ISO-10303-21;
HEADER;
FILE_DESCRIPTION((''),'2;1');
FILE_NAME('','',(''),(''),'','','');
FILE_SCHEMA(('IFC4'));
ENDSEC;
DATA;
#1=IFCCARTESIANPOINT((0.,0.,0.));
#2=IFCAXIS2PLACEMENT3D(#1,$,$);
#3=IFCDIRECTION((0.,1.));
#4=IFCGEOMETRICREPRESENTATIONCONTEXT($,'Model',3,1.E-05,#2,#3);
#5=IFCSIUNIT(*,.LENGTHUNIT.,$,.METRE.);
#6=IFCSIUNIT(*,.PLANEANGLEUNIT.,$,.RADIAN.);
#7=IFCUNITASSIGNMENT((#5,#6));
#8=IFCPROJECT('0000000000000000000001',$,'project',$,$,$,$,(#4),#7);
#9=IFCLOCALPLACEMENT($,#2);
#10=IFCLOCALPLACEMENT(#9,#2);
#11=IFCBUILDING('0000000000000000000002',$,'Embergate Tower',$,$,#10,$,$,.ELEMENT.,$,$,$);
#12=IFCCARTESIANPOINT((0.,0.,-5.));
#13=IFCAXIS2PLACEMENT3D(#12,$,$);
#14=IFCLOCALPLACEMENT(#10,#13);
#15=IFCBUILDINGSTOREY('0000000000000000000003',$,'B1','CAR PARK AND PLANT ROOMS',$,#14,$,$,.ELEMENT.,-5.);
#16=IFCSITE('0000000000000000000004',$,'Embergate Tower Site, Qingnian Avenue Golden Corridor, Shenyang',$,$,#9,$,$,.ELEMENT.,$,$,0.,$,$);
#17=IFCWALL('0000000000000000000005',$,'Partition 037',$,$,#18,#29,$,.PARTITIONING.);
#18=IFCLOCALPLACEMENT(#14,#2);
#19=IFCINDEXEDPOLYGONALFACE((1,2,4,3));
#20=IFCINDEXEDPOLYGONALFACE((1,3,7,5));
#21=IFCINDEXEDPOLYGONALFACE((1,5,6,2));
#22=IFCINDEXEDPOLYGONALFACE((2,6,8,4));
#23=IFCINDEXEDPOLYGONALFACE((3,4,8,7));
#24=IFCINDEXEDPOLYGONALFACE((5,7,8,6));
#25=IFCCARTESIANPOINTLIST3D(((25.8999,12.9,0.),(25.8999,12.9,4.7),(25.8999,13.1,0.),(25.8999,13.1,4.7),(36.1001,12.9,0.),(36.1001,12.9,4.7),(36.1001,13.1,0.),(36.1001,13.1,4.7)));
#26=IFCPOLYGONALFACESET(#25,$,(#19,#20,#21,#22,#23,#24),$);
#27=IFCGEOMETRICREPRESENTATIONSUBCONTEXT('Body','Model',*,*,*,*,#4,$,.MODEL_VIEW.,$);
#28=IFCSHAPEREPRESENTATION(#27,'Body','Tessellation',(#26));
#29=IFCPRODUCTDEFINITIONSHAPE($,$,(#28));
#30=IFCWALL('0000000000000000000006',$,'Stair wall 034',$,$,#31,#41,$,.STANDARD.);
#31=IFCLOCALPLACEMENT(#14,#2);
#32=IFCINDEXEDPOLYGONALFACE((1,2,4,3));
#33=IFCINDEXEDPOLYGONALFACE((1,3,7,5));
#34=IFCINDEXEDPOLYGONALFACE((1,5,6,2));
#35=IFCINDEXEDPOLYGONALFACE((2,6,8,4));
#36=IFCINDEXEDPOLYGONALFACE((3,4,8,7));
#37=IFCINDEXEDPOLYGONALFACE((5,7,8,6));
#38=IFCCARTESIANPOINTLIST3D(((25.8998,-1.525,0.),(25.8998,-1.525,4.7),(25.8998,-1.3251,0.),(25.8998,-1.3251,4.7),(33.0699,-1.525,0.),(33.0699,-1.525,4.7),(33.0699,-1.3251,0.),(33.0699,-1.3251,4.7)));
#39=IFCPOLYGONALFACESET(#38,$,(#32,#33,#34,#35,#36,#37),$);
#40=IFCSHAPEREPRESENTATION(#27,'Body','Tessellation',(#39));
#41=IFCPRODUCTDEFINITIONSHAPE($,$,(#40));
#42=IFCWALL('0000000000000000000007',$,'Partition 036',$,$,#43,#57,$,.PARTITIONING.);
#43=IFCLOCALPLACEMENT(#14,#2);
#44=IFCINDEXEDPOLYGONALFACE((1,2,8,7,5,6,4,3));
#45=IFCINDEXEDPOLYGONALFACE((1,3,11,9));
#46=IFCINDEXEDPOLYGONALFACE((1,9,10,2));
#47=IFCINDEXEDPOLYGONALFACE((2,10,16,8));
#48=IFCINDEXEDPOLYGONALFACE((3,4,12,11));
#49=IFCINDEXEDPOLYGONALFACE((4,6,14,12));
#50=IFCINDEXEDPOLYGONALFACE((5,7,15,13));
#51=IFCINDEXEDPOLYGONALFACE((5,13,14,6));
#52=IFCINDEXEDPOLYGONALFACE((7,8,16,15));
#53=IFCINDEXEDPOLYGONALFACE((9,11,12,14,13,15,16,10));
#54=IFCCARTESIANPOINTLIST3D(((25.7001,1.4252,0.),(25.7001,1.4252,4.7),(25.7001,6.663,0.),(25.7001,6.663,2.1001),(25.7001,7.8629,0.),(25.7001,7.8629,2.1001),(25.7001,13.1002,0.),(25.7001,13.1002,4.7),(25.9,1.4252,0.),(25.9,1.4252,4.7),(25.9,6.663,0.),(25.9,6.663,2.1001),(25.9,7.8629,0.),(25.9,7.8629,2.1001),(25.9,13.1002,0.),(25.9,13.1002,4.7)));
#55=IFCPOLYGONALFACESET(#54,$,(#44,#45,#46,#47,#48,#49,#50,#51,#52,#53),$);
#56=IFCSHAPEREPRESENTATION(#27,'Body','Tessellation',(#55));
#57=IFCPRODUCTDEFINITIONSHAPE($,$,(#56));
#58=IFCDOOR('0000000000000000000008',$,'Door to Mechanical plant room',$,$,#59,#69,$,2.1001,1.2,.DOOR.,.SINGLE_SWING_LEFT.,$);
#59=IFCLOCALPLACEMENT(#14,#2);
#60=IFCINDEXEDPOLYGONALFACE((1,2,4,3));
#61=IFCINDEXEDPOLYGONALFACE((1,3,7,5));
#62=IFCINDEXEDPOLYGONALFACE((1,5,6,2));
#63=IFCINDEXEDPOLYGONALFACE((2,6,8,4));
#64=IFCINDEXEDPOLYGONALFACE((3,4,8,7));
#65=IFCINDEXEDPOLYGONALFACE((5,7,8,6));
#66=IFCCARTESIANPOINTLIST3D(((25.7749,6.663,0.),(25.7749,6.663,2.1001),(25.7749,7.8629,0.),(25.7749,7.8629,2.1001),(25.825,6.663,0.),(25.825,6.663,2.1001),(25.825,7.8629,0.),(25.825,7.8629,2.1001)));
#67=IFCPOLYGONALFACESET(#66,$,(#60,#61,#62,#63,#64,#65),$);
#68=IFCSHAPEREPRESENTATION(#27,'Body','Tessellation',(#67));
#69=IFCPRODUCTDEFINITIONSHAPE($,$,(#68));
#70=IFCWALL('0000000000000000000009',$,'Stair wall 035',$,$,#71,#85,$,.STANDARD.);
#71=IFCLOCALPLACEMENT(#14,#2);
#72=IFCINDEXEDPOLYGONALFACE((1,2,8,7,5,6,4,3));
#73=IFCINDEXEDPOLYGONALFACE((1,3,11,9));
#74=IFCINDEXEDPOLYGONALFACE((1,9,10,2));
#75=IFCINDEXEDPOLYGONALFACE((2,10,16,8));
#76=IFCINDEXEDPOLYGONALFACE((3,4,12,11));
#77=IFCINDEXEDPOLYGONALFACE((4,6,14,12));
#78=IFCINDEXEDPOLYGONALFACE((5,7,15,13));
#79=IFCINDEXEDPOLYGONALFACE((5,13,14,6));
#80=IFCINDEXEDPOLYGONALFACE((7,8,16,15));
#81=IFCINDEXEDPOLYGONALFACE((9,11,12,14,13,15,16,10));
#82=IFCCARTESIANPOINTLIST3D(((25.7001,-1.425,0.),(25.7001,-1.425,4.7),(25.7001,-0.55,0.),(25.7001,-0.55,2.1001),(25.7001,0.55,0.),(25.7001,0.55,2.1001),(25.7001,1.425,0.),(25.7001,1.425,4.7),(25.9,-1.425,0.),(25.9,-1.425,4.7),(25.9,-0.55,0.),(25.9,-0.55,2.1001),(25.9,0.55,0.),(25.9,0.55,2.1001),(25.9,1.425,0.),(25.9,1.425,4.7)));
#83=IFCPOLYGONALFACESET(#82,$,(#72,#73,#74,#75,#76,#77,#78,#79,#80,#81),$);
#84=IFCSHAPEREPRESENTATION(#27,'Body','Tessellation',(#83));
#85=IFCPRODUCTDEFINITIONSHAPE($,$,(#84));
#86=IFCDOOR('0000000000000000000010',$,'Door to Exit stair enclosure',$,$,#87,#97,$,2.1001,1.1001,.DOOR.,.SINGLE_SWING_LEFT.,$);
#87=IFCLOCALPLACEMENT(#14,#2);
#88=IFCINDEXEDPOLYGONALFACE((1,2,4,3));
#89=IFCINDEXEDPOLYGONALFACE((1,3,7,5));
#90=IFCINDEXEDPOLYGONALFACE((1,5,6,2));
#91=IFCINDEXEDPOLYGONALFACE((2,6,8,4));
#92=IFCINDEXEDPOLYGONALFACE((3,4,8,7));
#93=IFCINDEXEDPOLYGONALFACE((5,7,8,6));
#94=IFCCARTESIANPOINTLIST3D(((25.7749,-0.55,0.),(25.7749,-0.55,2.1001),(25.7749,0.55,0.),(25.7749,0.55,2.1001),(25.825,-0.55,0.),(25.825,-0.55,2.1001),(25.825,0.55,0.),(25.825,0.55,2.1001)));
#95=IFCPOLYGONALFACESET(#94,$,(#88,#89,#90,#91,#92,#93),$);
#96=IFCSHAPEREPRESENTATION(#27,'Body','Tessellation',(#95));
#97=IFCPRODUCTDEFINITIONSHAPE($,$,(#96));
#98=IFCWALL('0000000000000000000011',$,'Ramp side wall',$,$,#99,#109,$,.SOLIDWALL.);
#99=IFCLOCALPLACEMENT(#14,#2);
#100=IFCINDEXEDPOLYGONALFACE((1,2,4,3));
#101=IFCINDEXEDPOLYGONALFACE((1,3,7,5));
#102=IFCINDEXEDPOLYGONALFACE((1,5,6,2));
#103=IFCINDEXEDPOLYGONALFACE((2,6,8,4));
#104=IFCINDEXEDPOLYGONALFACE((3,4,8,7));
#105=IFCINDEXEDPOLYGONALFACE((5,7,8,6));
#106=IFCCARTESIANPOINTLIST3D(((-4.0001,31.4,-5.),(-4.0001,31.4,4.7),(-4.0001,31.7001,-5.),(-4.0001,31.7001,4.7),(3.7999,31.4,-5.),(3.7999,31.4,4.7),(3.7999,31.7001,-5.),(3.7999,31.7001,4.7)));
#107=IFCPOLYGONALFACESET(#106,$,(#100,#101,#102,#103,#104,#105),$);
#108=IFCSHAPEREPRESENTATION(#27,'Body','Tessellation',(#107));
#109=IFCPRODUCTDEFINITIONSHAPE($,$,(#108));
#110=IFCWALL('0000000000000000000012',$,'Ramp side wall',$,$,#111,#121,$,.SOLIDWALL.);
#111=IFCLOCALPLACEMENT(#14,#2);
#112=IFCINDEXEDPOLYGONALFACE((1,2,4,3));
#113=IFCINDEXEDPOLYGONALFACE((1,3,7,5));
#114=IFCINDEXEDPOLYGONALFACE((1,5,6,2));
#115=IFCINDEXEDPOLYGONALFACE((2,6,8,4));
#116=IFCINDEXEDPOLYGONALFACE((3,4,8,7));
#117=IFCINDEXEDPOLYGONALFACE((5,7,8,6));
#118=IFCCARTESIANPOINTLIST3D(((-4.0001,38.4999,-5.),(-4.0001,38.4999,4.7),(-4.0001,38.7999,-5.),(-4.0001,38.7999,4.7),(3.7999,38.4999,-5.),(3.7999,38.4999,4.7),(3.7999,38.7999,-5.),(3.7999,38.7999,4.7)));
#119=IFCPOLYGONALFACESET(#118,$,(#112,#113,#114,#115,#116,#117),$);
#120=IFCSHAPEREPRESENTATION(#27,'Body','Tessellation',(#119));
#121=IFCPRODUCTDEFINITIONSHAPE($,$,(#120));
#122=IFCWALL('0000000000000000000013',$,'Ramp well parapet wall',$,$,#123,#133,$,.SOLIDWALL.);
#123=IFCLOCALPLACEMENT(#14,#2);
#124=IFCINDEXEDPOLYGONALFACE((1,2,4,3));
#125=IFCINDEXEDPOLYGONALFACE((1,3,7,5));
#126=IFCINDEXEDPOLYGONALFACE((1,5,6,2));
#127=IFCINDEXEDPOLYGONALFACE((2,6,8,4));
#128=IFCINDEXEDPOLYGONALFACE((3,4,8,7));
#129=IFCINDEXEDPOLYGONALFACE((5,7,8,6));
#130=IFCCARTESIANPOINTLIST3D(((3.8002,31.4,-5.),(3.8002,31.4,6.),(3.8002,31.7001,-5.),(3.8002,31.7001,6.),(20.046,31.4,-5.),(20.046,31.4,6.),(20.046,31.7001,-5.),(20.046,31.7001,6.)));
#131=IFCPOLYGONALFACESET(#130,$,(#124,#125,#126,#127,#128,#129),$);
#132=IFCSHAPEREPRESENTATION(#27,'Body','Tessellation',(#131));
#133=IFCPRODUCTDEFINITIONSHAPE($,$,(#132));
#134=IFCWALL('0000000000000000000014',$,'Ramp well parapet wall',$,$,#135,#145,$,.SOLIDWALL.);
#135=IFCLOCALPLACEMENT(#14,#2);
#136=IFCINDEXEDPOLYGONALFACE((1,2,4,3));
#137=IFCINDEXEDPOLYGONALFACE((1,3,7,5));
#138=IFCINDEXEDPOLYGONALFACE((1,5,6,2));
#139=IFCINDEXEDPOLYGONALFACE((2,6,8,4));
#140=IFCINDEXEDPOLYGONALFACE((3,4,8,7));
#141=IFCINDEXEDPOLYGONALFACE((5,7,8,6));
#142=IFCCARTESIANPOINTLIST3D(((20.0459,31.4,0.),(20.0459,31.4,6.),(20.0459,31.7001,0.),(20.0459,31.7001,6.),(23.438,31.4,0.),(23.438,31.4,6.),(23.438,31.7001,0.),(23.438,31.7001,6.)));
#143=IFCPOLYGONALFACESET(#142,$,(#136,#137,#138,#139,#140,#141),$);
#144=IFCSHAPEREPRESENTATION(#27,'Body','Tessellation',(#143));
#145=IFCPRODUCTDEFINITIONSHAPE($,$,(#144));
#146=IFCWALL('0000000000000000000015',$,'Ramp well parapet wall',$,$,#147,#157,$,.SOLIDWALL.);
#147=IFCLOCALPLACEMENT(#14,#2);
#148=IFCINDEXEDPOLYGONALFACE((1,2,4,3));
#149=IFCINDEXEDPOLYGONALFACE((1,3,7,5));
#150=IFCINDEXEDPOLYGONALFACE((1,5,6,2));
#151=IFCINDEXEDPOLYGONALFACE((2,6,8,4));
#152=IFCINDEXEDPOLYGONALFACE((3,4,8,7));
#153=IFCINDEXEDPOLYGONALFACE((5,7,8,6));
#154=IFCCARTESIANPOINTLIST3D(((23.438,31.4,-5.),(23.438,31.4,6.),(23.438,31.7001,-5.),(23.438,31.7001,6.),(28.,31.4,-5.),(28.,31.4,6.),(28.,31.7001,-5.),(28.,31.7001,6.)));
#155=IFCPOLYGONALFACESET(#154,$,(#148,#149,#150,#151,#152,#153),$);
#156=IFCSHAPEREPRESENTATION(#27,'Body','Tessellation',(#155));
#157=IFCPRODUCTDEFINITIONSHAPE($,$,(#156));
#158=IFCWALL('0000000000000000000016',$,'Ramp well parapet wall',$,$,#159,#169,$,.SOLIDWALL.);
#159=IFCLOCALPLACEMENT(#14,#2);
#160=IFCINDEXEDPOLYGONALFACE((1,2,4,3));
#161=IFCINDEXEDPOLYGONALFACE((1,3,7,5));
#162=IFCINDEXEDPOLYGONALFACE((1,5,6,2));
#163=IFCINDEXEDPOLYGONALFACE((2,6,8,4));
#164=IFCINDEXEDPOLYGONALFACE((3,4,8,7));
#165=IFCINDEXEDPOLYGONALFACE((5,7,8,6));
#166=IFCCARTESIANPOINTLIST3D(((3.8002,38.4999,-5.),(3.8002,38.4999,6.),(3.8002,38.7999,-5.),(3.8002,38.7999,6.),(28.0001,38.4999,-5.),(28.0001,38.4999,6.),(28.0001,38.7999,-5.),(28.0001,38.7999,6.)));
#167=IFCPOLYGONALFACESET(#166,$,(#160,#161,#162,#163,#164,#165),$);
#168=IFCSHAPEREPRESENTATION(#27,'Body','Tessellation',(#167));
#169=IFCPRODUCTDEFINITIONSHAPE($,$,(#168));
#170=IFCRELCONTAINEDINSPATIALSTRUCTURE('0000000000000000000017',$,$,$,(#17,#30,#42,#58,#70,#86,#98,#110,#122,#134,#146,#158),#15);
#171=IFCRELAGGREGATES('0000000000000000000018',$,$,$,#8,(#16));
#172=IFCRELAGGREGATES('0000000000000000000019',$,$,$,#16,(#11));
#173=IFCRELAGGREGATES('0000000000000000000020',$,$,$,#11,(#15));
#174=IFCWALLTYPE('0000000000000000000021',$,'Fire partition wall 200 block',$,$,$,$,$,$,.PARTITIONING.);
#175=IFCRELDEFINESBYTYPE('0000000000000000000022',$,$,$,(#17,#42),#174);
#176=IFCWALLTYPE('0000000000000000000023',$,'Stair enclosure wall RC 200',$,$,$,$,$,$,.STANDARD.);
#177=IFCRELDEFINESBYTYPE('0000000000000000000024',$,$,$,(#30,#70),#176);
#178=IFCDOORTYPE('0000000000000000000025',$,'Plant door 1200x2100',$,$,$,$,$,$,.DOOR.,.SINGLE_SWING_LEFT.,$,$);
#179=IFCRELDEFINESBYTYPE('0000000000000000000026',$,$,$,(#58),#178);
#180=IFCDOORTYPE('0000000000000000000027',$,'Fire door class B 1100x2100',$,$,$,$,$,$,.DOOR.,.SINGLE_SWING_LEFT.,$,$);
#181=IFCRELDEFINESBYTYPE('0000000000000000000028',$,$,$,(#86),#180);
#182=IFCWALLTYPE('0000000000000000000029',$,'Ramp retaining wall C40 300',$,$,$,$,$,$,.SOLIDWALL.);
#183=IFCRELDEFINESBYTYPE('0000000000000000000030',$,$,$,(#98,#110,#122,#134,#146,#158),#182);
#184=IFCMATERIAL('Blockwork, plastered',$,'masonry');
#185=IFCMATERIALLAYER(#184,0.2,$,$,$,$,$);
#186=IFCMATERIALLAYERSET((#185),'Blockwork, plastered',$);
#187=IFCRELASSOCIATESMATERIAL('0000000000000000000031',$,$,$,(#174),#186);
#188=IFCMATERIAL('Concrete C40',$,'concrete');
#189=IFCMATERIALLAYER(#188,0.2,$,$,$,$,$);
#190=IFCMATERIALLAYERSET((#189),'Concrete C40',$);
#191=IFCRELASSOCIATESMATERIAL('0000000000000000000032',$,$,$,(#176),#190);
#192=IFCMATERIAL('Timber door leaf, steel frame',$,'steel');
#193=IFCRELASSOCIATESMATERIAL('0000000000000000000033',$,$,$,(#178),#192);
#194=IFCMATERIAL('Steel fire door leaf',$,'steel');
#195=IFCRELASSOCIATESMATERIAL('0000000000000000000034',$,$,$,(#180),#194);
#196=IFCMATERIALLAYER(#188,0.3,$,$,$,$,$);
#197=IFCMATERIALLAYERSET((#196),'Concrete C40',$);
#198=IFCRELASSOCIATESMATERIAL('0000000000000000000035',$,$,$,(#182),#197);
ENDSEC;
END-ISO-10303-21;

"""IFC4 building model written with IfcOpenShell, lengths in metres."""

from ifc_helpers import new_model, si_unit, direction, frame, frame_2d, origin, place, context, subcontext, project, spatial, rectangle, extrude, source, transform, mapped, material, layer, layer_set, type_object, element, fill, save


model = new_model("IFC4")

# Units and contexts
model_context = context("Model", 3, precision=1e-05, world=origin(), true_north=direction((0.0, 1.0)))
body_context = subcontext(model_context, "Body", "Model", "MODEL_VIEW")
ifc_project = project(units=[si_unit("LENGTHUNIT", "METRE"), si_unit("PLANEANGLEUNIT", "RADIAN")], contexts=[model_context])

# Site, building, storey
site_placement = place(None, origin())
site = spatial("IfcSite", under=ifc_project, at=site_placement, Name="Embergate Tower Site, Qingnian Avenue Golden Corridor, Shenyang", CompositionType="ELEMENT", RefElevation=0.0)
building_placement = place(site_placement, origin())
building = spatial("IfcBuilding", under=site, at=building_placement, Name="Embergate Tower", CompositionType="ELEMENT")
storey_placement = place(building_placement, frame((0.0, 0.0, -5.0)))
storey = spatial("IfcBuildingStorey", under=building, at=storey_placement, Name="B1", Description="CAR PARK AND PLANT ROOMS", CompositionType="ELEMENT", Elevation=-5.0)

# Shared definitions
ifc_material_1 = material(Name="Concrete C40", Category="concrete")

# Walls
ifc_material_2 = material(Name="Blockwork, plastered", Category="masonry")
ifc_layer_1 = layer(ifc_material_2, 0.2)
ifc_layer_set_1 = layer_set([ifc_layer_1], Name="Blockwork, plastered")
wall_type_1 = type_object("IfcWallType", Name="Fire partition wall 200 block", PredefinedType="PARTITIONING", material=ifc_layer_set_1)
shared_shape_1 = source(origin(), body_context, "Body", "SweptSolid", [
    extrude(rectangle(XDim=10.2002, YDim=0.2, at=frame_2d((5.1001, 0.0))), origin(), (0.0, 0.0, 1.0), 4.7),
])
wall_1_placement = place(storey_placement, frame((25.8999, 13.0, 0.0), z_axis=(0.0, 0.0, 1.0), x_axis=(1.0, 0.0, 0.0)))
element("IfcWall", 1, at=wall_1_placement, inside=storey, type_object=wall_type_1, Name="Partition 037", PredefinedType="PARTITIONING", context=body_context, shape_type="MappedRepresentation", body=[
    mapped(shared_shape_1, transform((0.0, 0.0, 0.0))),
])
ifc_layer_2 = layer(ifc_material_1, 0.2)
ifc_layer_set_2 = layer_set([ifc_layer_2], Name="Concrete C40")
wall_type_2 = type_object("IfcWallType", Name="Stair enclosure wall RC 200", PredefinedType="STANDARD", material=ifc_layer_set_2)
shared_shape_2 = source(origin(), body_context, "Body", "SweptSolid", [
    extrude(rectangle(XDim=7.1702, YDim=0.2, at=frame_2d((3.585, 0.0))), origin(), (0.0, 0.0, 1.0), 4.7),
])
wall_2_placement = place(storey_placement, frame((25.8999, -1.425, 0.0), z_axis=(0.0, 0.0, 1.0), x_axis=(1.0, 0.0, 0.0)))
element("IfcWall", 2, at=wall_2_placement, inside=storey, type_object=wall_type_2, Name="Stair wall 034", PredefinedType="STANDARD", context=body_context, shape_type="MappedRepresentation", body=[
    mapped(shared_shape_2, transform((0.0, 0.0, 0.0))),
])

# Walls, openings, doors
shared_shape_3 = source(origin(), body_context, "Body", "SweptSolid", [
    extrude(rectangle(XDim=11.675, YDim=0.2, at=frame_2d((5.8374, 0.0))), origin(), (0.0, 0.0, 1.0), 4.7),
])
wall_3_placement = place(storey_placement, frame((25.8, 13.1001, 0.0), z_axis=(0.0, 0.0, 1.0), x_axis=(0.0, -1.0, 0.0)))
wall_3 = element("IfcWall", 3, at=wall_3_placement, inside=storey, type_object=wall_type_1, Name="Partition 036", PredefinedType="PARTITIONING", context=body_context, shape_type="MappedRepresentation", body=[
    mapped(shared_shape_3, transform((0.0, 0.0, 0.0))),
])
shared_shape_4 = source(origin(), body_context, "Body", "SweptSolid", [
    extrude(rectangle(XDim=1.2, YDim=2.1001, at=frame_2d((0.6001, 1.05))), frame((0.0, 0.1099, 0.0), z_axis=(0.0, -1.0, 0.0), x_axis=(1.0, 0.0, 0.0)), (0.0, 0.0, 1.0), 0.22),
])
opening_1_placement = place(wall_3_placement, frame((5.2371, 0.0, 0.0)))
opening_1 = element("IfcOpeningElement", 4, at=opening_1_placement, cuts=wall_3, PredefinedType="OPENING", context=body_context, shape_type="MappedRepresentation", body=[
    mapped(shared_shape_4, transform((0.0, 0.0, 0.0))),
])
ifc_material_3 = material(Name="Timber door leaf, steel frame", Category="steel")
door_type_1 = type_object("IfcDoorType", Name="Plant door 1200x2100", OperationType="SINGLE_SWING_LEFT", PredefinedType="DOOR", material=ifc_material_3)
shared_shape_5 = source(origin(), body_context, "Body", "SweptSolid", [
    extrude(rectangle(XDim=1.2, YDim=2.1001, at=frame_2d((0.6001, 1.05))), frame((0.0, 0.0249, 0.0), z_axis=(0.0, -1.0, 0.0), x_axis=(1.0, 0.0, 0.0)), (0.0, 0.0, 1.0), 0.05),
])
door_1_placement = place(opening_1_placement, origin())
door_1 = element("IfcDoor", 5, at=door_1_placement, inside=storey, type_object=door_type_1, Name="Door to Mechanical plant room", OperationType="SINGLE_SWING_LEFT", OverallHeight=2.1001, OverallWidth=1.2, PredefinedType="DOOR", context=body_context, shape_type="MappedRepresentation", body=[
    mapped(shared_shape_5, transform((0.0, 0.0, 0.0))),
])
fill(opening_1, door_1)
shared_shape_6 = source(origin(), body_context, "Body", "SweptSolid", [
    extrude(rectangle(XDim=2.8501, YDim=0.2, at=frame_2d((1.425, 0.0))), origin(), (0.0, 0.0, 1.0), 4.7),
])
wall_4_placement = place(storey_placement, frame((25.8, 1.425, 0.0), z_axis=(0.0, 0.0, 1.0), x_axis=(0.0, -1.0, 0.0)))
wall_4 = element("IfcWall", 6, at=wall_4_placement, inside=storey, type_object=wall_type_2, Name="Stair wall 035", PredefinedType="STANDARD", context=body_context, shape_type="MappedRepresentation", body=[
    mapped(shared_shape_6, transform((0.0, 0.0, 0.0))),
])
shared_shape_7 = source(origin(), body_context, "Body", "SweptSolid", [
    extrude(rectangle(XDim=1.1001, YDim=2.1001, at=frame_2d((0.55, 1.05))), frame((0.0, 0.1099, 0.0), z_axis=(0.0, -1.0, 0.0), x_axis=(1.0, 0.0, 0.0)), (0.0, 0.0, 1.0), 0.22),
])
opening_2_placement = place(wall_4_placement, frame((0.875, 0.0, 0.0)))
opening_2 = element("IfcOpeningElement", 7, at=opening_2_placement, cuts=wall_4, PredefinedType="OPENING", context=body_context, shape_type="MappedRepresentation", body=[
    mapped(shared_shape_7, transform((0.0, 0.0, 0.0))),
])
ifc_material_4 = material(Name="Steel fire door leaf", Category="steel")
door_type_2 = type_object("IfcDoorType", Name="Fire door class B 1100x2100", OperationType="SINGLE_SWING_LEFT", PredefinedType="DOOR", material=ifc_material_4)
shared_shape_8 = source(origin(), body_context, "Body", "SweptSolid", [
    extrude(rectangle(XDim=1.1001, YDim=2.1001, at=frame_2d((0.55, 1.05))), frame((0.0, 0.0249, 0.0), z_axis=(0.0, -1.0, 0.0), x_axis=(1.0, 0.0, 0.0)), (0.0, 0.0, 1.0), 0.05),
])
door_2_placement = place(opening_2_placement, origin())
door_2 = element("IfcDoor", 8, at=door_2_placement, inside=storey, type_object=door_type_2, Name="Door to Exit stair enclosure", OperationType="SINGLE_SWING_LEFT", OverallHeight=2.1001, OverallWidth=1.1001, PredefinedType="DOOR", context=body_context, shape_type="MappedRepresentation", body=[
    mapped(shared_shape_8, transform((0.0, 0.0, 0.0))),
])
fill(opening_2, door_2)

# Walls
ifc_layer_3 = layer(ifc_material_1, 0.3)
ifc_layer_set_3 = layer_set([ifc_layer_3], Name="Concrete C40")
wall_type_3 = type_object("IfcWallType", Name="Ramp retaining wall C40 300", PredefinedType="SOLIDWALL", material=ifc_layer_set_3)
shared_shape_9 = source(origin(), body_context, "Body", "SweptSolid", [
    extrude(rectangle(XDim=7.8, YDim=0.3, at=frame_2d((3.8999, 0.0))), origin(), (0.0, 0.0, 1.0), 9.7),
])
for number, where, z_axis, x_axis, name in (
    (9, (-4.0, 31.55, -5.0), (0.0, 0.0, 1.0), (1.0, 0.0, 0.0), "Ramp side wall"),
    (10, (-4.0, 38.6499, -5.0), (0.0, 0.0, 1.0), (1.0, 0.0, 0.0), "Ramp side wall"),
):
    element("IfcWall", number, at=place(storey_placement, frame(where, z_axis=z_axis, x_axis=x_axis)), inside=storey, type_object=wall_type_3, Name=name, PredefinedType="SOLIDWALL", context=body_context, shape_type="MappedRepresentation", body=[
        mapped(shared_shape_9, transform((0.0, 0.0, 0.0))),
    ])
shared_shape_10 = source(origin(), body_context, "Body", "SweptSolid", [
    extrude(rectangle(XDim=16.2458, YDim=0.3, at=frame_2d((8.123, 0.0))), origin(), (0.0, 0.0, 1.0), 11.0),
])
wall_5_placement = place(storey_placement, frame((3.8, 31.55, -5.0), z_axis=(0.0, 0.0, 1.0), x_axis=(1.0, 0.0, 0.0)))
element("IfcWall", 11, at=wall_5_placement, inside=storey, type_object=wall_type_3, Name="Ramp well parapet wall", PredefinedType="SOLIDWALL", context=body_context, shape_type="MappedRepresentation", body=[
    mapped(shared_shape_10, transform((0.0, 0.0, 0.0))),
])
shared_shape_11 = source(origin(), body_context, "Body", "SweptSolid", [
    extrude(rectangle(XDim=3.3921, YDim=0.3, at=frame_2d((1.696, 0.0))), origin(), (0.0, 0.0, 1.0), 6.0),
])
wall_6_placement = place(storey_placement, frame((20.0459, 31.55, 0.0), z_axis=(0.0, 0.0, 1.0), x_axis=(1.0, 0.0, 0.0)))
element("IfcWall", 12, at=wall_6_placement, inside=storey, type_object=wall_type_3, Name="Ramp well parapet wall", PredefinedType="SOLIDWALL", context=body_context, shape_type="MappedRepresentation", body=[
    mapped(shared_shape_11, transform((0.0, 0.0, 0.0))),
])
shared_shape_12 = source(origin(), body_context, "Body", "SweptSolid", [
    extrude(rectangle(XDim=4.562, YDim=0.3, at=frame_2d((2.281, 0.0))), origin(), (0.0, 0.0, 1.0), 11.0),
])
wall_7_placement = place(storey_placement, frame((23.438, 31.55, -5.0), z_axis=(0.0, 0.0, 1.0), x_axis=(1.0, 0.0, 0.0)))
element("IfcWall", 13, at=wall_7_placement, inside=storey, type_object=wall_type_3, Name="Ramp well parapet wall", PredefinedType="SOLIDWALL", context=body_context, shape_type="MappedRepresentation", body=[
    mapped(shared_shape_12, transform((0.0, 0.0, 0.0))),
])
shared_shape_13 = source(origin(), body_context, "Body", "SweptSolid", [
    extrude(rectangle(XDim=24.2, YDim=0.3, at=frame_2d((12.1001, 0.0))), origin(), (0.0, 0.0, 1.0), 11.0),
])
wall_8_placement = place(storey_placement, frame((3.8, 38.6499, -5.0), z_axis=(0.0, 0.0, 1.0), x_axis=(1.0, 0.0, 0.0)))
element("IfcWall", 14, at=wall_8_placement, inside=storey, type_object=wall_type_3, Name="Ramp well parapet wall", PredefinedType="SOLIDWALL", context=body_context, shape_type="MappedRepresentation", body=[
    mapped(shared_shape_13, transform((0.0, 0.0, 0.0))),
])

save(model, "model.ifc")
